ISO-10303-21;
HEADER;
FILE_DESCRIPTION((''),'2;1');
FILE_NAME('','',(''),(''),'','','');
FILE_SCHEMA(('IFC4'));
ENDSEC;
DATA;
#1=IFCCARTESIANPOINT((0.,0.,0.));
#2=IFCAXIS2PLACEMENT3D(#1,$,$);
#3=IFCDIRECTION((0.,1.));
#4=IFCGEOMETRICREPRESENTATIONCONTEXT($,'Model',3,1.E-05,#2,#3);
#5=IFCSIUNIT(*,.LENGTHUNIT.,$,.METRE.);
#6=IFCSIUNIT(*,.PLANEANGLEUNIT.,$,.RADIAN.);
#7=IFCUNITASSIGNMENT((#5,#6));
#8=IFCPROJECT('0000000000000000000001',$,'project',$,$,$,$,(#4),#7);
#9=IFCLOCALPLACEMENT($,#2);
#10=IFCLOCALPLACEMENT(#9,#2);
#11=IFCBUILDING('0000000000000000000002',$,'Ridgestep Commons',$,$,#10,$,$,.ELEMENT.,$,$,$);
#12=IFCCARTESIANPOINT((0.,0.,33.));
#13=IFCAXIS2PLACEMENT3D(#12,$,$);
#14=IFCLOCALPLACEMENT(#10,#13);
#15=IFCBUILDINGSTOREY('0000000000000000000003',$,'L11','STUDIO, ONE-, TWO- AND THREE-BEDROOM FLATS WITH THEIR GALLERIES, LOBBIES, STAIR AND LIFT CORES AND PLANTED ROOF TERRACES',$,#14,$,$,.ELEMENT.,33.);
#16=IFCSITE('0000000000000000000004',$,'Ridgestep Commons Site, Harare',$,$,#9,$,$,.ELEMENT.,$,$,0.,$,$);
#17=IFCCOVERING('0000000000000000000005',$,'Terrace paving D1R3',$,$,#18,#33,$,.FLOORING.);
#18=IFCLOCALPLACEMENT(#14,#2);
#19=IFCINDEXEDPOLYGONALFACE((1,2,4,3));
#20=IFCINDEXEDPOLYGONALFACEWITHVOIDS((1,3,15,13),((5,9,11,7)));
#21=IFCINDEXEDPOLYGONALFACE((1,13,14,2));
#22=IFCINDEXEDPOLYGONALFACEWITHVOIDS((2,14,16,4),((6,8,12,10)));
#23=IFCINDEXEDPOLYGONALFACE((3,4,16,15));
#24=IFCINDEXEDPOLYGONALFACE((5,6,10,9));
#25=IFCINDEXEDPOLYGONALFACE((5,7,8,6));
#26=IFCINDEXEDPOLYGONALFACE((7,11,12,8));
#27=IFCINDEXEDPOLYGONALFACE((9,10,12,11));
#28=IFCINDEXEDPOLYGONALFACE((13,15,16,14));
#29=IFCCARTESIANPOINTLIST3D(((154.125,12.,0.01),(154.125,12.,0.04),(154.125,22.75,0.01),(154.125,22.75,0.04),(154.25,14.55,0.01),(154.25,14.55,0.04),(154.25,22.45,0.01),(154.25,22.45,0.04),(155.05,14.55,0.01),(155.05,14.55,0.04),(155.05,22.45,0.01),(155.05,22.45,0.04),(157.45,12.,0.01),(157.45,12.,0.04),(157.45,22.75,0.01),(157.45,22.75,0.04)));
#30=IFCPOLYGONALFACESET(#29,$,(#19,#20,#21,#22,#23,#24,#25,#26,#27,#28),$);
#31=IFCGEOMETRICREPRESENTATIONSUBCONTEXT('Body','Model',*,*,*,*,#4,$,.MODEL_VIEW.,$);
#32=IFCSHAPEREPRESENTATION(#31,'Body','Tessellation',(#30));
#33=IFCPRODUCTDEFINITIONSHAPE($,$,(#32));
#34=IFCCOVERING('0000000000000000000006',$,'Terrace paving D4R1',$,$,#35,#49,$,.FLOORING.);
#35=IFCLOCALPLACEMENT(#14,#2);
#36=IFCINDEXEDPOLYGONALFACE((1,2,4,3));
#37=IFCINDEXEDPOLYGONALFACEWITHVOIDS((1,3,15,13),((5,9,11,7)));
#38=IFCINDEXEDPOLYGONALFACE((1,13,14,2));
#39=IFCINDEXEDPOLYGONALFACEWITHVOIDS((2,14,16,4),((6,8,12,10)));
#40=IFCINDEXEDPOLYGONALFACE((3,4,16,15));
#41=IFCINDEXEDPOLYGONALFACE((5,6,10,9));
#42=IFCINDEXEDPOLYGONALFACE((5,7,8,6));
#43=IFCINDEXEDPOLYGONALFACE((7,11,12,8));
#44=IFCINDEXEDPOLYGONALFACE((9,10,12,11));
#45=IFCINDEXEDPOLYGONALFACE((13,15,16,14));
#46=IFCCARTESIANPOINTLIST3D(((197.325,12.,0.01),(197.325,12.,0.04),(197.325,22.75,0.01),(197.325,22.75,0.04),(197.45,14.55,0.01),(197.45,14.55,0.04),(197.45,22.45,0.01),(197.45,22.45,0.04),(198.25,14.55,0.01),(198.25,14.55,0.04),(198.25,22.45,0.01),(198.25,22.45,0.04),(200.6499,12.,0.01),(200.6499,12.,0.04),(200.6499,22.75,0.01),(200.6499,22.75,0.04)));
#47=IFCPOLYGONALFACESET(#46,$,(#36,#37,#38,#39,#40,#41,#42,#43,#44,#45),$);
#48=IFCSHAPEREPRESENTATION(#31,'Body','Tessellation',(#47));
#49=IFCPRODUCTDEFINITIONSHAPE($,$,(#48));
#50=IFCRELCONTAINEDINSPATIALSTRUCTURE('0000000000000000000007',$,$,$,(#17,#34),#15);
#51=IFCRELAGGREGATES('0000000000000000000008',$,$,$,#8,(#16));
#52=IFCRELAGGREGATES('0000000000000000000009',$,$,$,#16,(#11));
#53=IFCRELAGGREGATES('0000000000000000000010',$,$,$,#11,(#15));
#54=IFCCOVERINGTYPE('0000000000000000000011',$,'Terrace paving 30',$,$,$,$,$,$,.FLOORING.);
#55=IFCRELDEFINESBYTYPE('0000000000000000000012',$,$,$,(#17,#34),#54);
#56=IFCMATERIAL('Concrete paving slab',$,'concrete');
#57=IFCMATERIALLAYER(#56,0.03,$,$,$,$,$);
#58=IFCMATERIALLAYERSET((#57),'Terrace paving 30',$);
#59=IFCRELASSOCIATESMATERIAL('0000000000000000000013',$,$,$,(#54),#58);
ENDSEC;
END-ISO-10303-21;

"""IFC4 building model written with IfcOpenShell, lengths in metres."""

from ifc_helpers import new_model, si_unit, direction, frame, origin, place, context, subcontext, project, spatial, polyline, outline, extrude, material, layer, layer_set, type_object, element, save


model = new_model("IFC4")

# Units and contexts
model_context = context("Model", 3, precision=1e-05, world=origin(), true_north=direction((0.0, 1.0)))
body_context = subcontext(model_context, "Body", "Model", "MODEL_VIEW")
ifc_project = project(units=[si_unit("LENGTHUNIT", "METRE"), si_unit("PLANEANGLEUNIT", "RADIAN")], contexts=[model_context])

# Site, building, storey
site_placement = place(None, origin())
site = spatial("IfcSite", under=ifc_project, at=site_placement, Name="Ridgestep Commons Site, Harare", CompositionType="ELEMENT", RefElevation=0.0)
building_placement = place(site_placement, origin())
building = spatial("IfcBuilding", under=site, at=building_placement, Name="Ridgestep Commons", CompositionType="ELEMENT")
storey_placement = place(building_placement, frame((0.0, 0.0, 33.0)))
storey = spatial("IfcBuildingStorey", under=building, at=storey_placement, Name="L11", Description="STUDIO, ONE-, TWO- AND THREE-BEDROOM FLATS WITH THEIR GALLERIES, LOBBIES, STAIR AND LIFT CORES AND PLANTED ROOF TERRACES", CompositionType="ELEMENT", Elevation=33.0)

# Coverings
ifc_material_1 = material(Name="Concrete paving slab", Category="concrete")
ifc_layer_1 = layer(ifc_material_1, 0.03)
ifc_layer_set_1 = layer_set([ifc_layer_1], Name="Terrace paving 30")
covering_type_1 = type_object("IfcCoveringType", Name="Terrace paving 30", PredefinedType="FLOORING", material=ifc_layer_set_1)
covering_1_placement = place(storey_placement, frame((0.0, 0.0, 0.01)))
element("IfcCovering", 1, at=covering_1_placement, inside=storey, type_object=covering_type_1, Name="Terrace paving D1R3", PredefinedType="FLOORING", context=body_context, shape_type="SweptSolid", body=[
    extrude(outline(polyline([(157.45, 12.0), (157.45, 22.75), (154.125, 22.75), (154.125, 12.0), (157.45, 12.0)]), holes=[polyline([(155.05, 14.55), (155.05, 22.45), (154.25, 22.45), (154.25, 14.55), (155.05, 14.55)])]), origin(), (0.0, 0.0, 1.0), 0.03),
])
covering_2_placement = place(storey_placement, frame((0.0, 0.0, 0.01)))
element("IfcCovering", 2, at=covering_2_placement, inside=storey, type_object=covering_type_1, Name="Terrace paving D4R1", PredefinedType="FLOORING", context=body_context, shape_type="SweptSolid", body=[
    extrude(outline(polyline([(200.6499, 12.0), (200.6499, 22.75), (197.325, 22.75), (197.325, 12.0), (200.6499, 12.0)]), holes=[polyline([(198.25, 14.55), (198.25, 22.45), (197.45, 22.45), (197.45, 14.55), (198.25, 14.55)])]), origin(), (0.0, 0.0, 1.0), 0.03),
])

save(model, "model.ifc")
